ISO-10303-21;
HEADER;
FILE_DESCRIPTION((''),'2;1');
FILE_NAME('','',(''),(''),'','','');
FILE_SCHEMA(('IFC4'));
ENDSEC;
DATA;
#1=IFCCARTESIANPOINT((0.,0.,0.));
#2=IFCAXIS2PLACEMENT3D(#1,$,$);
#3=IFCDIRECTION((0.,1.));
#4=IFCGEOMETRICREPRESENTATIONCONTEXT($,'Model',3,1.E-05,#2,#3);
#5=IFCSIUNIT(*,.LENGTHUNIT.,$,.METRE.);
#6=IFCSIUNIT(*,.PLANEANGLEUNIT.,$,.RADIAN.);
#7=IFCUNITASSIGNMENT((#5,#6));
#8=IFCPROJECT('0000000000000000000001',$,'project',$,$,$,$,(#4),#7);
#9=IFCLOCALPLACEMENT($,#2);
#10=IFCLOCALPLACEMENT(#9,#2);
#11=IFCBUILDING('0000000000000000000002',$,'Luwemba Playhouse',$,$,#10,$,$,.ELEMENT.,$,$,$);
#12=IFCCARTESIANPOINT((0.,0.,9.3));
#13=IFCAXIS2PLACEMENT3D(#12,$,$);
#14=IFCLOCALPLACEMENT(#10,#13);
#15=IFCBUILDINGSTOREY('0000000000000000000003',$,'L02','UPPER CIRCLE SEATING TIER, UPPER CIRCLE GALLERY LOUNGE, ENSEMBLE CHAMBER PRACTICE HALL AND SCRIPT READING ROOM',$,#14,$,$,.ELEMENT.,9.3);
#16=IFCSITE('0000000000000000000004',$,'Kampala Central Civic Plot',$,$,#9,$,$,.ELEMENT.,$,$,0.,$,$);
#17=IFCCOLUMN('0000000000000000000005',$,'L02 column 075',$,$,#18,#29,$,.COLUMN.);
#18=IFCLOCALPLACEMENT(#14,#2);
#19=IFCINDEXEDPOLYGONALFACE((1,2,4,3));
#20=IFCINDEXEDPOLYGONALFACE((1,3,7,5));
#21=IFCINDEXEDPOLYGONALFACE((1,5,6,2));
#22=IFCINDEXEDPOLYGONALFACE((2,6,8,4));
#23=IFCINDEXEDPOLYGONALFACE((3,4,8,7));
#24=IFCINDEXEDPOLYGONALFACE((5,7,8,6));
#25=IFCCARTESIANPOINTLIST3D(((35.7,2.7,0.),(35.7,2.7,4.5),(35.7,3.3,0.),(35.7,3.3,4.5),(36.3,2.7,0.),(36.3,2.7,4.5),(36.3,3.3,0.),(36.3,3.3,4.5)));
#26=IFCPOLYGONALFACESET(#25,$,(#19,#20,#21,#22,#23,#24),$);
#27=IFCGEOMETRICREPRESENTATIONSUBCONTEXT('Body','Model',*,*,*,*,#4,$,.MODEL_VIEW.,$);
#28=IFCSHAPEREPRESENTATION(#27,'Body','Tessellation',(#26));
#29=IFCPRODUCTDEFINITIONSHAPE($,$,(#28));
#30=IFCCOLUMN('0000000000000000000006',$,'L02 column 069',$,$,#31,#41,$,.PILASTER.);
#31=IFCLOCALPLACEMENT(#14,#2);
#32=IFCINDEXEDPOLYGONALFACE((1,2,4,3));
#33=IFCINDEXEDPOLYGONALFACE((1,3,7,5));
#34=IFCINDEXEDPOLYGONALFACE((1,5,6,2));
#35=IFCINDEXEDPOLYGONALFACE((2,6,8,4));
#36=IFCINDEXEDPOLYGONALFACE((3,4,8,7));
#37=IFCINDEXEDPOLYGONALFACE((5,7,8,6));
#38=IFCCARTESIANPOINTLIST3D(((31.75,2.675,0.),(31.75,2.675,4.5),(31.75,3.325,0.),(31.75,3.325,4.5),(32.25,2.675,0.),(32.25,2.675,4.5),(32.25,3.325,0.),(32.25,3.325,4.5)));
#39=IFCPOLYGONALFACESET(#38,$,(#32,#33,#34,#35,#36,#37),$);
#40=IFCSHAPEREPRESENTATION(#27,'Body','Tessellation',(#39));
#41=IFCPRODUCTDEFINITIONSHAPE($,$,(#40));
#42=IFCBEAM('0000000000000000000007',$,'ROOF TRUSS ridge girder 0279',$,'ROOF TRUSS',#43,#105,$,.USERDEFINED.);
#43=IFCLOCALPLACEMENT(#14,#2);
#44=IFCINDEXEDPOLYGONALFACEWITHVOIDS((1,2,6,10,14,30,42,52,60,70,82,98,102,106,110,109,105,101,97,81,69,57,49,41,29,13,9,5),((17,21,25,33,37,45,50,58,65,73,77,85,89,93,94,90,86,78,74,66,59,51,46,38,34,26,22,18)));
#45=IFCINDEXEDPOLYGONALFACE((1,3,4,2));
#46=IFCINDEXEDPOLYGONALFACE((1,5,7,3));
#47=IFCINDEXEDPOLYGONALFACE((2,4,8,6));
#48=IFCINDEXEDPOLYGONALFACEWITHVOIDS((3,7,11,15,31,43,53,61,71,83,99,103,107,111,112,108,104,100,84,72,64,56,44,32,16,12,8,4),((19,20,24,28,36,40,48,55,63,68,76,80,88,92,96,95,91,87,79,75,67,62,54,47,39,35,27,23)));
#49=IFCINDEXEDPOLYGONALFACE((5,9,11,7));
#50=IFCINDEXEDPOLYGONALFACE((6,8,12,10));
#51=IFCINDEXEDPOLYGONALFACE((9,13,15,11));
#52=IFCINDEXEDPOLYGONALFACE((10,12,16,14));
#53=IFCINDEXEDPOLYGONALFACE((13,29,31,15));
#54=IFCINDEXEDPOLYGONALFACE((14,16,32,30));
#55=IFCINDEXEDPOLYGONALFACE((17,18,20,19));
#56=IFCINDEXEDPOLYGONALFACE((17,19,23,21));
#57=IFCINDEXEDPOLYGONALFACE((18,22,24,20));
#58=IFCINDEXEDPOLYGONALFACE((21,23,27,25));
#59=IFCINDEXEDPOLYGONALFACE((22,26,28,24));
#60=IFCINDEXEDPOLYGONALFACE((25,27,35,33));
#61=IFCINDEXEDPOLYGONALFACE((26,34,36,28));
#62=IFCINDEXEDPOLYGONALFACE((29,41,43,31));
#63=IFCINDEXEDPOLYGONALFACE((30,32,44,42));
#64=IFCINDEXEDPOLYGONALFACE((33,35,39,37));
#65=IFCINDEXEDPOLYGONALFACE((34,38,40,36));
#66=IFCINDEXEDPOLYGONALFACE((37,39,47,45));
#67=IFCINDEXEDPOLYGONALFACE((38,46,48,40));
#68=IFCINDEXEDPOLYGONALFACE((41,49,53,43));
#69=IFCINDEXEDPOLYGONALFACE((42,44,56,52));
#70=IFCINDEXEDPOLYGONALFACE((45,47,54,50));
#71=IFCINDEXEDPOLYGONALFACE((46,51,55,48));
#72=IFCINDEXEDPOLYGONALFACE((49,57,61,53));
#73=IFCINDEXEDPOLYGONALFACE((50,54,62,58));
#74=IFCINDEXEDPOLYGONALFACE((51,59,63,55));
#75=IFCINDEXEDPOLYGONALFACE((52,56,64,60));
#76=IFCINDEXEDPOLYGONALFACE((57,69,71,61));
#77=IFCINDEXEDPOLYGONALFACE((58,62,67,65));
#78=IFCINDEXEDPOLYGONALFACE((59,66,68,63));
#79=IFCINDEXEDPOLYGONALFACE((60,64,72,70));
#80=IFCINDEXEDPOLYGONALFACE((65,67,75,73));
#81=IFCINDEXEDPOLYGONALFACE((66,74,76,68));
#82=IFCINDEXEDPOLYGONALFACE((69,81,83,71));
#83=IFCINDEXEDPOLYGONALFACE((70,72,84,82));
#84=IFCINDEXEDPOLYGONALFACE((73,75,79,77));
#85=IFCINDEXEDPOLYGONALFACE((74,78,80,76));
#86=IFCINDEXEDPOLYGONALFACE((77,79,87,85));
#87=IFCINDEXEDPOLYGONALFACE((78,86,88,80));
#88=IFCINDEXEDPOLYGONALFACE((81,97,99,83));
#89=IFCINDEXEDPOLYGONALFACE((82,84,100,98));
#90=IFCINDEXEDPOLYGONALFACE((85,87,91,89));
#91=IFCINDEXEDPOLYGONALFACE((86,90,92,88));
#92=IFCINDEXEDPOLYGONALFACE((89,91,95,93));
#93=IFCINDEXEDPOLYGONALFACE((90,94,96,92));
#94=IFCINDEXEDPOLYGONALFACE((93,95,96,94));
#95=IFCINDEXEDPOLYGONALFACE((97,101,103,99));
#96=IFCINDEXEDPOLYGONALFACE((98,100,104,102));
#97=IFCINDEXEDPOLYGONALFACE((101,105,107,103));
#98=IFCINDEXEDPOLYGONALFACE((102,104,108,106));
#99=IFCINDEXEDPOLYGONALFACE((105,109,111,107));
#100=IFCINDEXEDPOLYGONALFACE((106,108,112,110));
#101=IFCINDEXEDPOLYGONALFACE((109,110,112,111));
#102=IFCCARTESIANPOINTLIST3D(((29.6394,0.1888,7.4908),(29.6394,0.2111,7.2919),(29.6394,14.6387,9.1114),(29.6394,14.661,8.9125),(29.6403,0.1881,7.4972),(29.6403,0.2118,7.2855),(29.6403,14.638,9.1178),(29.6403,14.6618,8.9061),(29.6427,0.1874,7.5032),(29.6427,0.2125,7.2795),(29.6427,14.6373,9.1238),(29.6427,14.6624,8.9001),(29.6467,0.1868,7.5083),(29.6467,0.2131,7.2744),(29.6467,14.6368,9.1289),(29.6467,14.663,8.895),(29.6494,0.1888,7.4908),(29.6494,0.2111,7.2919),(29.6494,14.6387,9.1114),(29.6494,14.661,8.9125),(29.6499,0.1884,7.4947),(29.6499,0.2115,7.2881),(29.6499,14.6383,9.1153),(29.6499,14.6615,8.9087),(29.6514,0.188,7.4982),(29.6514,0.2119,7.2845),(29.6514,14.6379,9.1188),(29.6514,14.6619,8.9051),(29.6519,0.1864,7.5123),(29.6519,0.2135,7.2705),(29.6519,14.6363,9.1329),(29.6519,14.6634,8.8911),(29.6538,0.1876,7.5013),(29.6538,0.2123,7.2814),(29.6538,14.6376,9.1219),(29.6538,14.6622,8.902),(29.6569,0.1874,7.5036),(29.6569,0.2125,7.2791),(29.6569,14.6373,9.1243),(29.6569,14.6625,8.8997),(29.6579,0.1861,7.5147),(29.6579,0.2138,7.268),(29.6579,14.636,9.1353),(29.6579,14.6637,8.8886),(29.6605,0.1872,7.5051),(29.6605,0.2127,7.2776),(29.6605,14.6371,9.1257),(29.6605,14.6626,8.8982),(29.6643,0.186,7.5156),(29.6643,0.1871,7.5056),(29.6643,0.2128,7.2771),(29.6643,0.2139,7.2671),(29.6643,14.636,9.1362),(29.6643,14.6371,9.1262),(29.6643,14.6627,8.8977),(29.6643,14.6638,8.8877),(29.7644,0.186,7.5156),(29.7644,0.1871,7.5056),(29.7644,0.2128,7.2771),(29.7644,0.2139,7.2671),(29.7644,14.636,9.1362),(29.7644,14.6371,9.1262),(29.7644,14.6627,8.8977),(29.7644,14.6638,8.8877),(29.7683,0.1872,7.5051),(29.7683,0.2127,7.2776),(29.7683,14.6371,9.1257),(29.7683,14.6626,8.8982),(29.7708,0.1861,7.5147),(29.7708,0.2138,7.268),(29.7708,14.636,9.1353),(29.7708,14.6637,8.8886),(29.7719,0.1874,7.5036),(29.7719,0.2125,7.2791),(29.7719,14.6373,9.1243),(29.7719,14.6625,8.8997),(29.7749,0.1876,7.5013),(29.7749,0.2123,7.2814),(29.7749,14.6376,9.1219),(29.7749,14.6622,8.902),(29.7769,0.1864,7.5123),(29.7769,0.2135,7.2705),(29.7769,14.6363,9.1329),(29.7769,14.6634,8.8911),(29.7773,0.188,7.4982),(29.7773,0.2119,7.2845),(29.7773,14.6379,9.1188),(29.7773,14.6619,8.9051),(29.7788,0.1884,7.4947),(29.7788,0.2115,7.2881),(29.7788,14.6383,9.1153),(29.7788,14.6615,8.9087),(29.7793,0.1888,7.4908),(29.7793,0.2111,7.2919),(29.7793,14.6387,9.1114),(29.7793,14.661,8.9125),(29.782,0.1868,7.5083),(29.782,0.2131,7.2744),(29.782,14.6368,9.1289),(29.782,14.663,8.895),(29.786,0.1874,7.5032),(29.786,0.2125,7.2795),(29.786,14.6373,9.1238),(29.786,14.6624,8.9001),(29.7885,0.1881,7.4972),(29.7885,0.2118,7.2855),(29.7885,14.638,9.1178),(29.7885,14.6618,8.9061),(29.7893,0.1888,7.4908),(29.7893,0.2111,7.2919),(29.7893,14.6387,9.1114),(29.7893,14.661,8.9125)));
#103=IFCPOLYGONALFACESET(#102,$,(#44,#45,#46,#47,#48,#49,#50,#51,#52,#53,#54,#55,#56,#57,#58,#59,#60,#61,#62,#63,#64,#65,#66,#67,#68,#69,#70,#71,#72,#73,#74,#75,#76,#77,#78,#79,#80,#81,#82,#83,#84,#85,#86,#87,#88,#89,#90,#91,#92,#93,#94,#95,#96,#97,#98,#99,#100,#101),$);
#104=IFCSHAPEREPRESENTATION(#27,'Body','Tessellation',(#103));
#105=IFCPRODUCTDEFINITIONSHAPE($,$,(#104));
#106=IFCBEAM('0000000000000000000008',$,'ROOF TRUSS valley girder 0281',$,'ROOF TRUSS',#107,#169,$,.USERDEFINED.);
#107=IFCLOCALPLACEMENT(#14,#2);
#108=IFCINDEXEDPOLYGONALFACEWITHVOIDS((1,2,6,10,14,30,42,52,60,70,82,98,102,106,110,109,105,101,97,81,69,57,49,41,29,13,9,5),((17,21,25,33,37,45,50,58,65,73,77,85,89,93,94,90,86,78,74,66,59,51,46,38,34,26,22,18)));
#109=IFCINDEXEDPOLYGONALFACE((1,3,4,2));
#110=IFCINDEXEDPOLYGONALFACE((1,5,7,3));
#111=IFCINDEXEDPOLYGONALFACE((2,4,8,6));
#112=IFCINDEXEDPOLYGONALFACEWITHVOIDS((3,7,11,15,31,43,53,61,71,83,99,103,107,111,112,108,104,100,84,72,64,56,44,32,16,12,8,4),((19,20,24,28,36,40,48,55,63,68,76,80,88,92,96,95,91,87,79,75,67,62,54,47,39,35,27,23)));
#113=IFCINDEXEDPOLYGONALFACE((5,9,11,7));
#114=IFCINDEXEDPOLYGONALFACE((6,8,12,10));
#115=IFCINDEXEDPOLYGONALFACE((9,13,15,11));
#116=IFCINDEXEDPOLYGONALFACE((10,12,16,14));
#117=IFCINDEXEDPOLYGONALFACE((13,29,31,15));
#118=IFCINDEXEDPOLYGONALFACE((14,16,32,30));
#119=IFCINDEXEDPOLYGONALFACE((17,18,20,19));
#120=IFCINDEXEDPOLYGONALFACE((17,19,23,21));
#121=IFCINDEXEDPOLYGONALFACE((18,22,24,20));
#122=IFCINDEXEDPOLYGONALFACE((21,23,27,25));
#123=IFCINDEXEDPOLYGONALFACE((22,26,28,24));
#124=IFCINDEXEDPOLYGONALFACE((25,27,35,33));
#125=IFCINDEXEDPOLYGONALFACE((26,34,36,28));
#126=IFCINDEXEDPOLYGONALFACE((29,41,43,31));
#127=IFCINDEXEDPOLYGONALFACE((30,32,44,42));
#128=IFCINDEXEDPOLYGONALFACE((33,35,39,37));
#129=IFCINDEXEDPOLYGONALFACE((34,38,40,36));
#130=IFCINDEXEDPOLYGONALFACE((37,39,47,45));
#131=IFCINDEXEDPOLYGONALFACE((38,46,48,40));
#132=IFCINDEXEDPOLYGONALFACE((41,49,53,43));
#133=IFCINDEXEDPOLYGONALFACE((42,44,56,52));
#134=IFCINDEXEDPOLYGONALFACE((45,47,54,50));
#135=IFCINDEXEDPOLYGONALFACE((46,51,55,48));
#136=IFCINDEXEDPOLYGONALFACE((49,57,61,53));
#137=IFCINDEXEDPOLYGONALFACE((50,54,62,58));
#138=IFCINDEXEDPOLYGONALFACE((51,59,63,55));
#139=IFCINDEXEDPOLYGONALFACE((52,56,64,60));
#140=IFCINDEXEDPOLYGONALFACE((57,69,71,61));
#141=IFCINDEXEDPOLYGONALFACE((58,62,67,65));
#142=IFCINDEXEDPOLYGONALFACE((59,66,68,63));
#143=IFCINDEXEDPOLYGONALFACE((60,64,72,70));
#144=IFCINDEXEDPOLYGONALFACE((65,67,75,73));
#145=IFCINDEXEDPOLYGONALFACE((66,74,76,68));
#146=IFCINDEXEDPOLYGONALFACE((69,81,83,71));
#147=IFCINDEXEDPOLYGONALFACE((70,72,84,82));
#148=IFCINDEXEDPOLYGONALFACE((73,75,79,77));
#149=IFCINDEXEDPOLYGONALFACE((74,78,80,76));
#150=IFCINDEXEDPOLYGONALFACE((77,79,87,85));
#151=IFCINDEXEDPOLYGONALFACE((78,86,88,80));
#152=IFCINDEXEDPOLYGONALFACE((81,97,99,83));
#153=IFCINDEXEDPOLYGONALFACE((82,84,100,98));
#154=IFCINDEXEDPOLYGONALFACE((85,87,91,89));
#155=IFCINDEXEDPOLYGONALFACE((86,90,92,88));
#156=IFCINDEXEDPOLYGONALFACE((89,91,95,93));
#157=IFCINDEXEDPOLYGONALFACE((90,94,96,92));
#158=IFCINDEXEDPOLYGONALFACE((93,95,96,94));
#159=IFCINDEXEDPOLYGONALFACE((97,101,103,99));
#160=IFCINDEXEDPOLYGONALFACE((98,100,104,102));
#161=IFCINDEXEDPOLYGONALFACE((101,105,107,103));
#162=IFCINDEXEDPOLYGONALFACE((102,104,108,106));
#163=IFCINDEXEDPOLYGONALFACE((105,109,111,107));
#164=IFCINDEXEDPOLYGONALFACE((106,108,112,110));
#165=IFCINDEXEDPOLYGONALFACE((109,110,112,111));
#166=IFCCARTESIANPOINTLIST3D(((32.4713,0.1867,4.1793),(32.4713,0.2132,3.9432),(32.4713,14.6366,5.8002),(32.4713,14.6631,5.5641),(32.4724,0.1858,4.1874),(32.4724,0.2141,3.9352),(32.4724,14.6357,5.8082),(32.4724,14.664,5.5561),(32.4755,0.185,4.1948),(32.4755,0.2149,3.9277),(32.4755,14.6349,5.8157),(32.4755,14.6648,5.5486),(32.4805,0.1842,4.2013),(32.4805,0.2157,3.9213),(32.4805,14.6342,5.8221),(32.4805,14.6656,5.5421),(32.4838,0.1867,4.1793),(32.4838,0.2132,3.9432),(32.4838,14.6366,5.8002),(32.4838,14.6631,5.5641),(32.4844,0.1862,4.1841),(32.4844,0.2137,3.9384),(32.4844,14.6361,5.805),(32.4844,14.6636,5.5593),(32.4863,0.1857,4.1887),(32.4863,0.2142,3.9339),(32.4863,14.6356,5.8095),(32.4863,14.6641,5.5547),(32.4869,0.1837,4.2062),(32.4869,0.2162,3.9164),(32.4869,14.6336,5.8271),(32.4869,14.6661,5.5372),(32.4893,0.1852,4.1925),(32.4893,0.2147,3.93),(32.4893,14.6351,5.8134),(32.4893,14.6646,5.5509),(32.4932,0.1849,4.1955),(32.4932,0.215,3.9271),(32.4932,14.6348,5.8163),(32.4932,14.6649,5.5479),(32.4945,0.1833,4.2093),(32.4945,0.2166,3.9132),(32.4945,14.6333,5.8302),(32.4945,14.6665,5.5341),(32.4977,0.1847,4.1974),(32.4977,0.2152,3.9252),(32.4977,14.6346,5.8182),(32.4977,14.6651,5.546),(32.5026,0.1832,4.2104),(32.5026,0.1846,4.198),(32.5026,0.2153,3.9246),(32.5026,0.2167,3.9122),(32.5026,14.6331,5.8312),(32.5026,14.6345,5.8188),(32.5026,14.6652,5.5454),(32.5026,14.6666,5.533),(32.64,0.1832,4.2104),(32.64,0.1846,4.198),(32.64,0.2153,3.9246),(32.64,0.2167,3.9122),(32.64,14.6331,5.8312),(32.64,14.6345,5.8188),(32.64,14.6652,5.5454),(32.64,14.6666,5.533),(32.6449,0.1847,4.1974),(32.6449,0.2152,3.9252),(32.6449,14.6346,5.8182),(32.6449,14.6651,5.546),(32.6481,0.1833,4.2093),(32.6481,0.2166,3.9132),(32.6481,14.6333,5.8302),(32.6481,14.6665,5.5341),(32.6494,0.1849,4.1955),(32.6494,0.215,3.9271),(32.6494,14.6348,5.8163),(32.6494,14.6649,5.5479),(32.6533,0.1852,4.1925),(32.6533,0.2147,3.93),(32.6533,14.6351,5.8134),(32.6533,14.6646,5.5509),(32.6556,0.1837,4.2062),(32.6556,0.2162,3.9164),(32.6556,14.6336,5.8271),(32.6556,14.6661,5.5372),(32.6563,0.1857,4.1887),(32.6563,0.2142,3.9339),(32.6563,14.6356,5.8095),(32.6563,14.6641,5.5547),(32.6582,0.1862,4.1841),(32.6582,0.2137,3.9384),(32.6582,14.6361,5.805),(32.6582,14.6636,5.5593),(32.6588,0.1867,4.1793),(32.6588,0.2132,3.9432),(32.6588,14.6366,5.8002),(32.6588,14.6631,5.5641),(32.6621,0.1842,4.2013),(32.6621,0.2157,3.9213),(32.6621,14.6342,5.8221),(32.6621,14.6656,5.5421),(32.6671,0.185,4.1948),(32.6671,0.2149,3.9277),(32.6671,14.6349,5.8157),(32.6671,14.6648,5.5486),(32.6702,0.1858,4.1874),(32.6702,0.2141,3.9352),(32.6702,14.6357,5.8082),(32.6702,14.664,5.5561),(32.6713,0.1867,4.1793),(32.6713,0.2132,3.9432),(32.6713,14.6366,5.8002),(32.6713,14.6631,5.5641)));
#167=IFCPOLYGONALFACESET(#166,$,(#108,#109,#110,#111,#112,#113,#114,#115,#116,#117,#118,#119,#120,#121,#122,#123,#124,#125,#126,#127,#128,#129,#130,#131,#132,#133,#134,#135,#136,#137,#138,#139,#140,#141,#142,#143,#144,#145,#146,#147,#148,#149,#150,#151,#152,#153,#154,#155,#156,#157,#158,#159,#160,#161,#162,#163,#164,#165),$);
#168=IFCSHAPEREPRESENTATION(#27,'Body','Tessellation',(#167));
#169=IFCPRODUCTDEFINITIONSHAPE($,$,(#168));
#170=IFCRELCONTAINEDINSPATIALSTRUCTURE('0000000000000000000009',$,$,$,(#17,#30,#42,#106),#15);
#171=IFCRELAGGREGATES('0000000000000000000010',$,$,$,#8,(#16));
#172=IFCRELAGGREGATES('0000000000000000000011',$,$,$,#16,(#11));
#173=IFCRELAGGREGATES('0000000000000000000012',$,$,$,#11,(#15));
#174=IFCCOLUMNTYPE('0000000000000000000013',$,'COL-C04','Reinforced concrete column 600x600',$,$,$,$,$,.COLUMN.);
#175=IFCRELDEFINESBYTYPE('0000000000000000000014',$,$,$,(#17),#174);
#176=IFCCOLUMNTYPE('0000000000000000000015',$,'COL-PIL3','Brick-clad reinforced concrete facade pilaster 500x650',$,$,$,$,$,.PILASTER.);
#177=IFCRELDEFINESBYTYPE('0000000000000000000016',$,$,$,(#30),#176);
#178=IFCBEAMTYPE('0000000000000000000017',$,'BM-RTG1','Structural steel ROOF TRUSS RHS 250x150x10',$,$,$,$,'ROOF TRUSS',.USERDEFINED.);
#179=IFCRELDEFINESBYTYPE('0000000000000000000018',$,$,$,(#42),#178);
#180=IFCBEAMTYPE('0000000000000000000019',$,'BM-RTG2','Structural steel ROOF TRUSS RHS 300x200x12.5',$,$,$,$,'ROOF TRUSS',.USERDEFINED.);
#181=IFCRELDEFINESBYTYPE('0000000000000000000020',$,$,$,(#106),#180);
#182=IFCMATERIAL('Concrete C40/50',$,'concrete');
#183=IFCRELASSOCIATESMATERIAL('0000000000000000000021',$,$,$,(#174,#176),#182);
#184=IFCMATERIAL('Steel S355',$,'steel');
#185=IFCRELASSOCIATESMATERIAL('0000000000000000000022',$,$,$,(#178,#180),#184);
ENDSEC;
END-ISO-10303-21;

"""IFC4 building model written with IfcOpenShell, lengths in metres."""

from ifc_helpers import new_model, si_unit, direction, frame, origin, origin_2d, place, context, subcontext, project, spatial, rectangle, hollow_rectangle, extrude, material, material_profile, profile_set, type_object, element, save


model = new_model("IFC4")

# Units and contexts
model_context = context("Model", 3, precision=1e-05, world=origin(), true_north=direction((0.0, 1.0)))
body_context = subcontext(model_context, "Body", "Model", "MODEL_VIEW")
ifc_project = project(units=[si_unit("LENGTHUNIT", "METRE"), si_unit("PLANEANGLEUNIT", "RADIAN")], contexts=[model_context])

# Site, building, storey
site_placement = place(None, origin())
site = spatial("IfcSite", under=ifc_project, at=site_placement, Name="Kampala Central Civic Plot", CompositionType="ELEMENT", RefElevation=0.0)
building_placement = place(site_placement, origin())
building = spatial("IfcBuilding", under=site, at=building_placement, Name="Luwemba Playhouse", CompositionType="ELEMENT")
storey_placement = place(building_placement, frame((0.0, 0.0, 9.3)))
storey = spatial("IfcBuildingStorey", under=building, at=storey_placement, Name="L02", Description="UPPER CIRCLE SEATING TIER, UPPER CIRCLE GALLERY LOUNGE, ENSEMBLE CHAMBER PRACTICE HALL AND SCRIPT READING ROOM", CompositionType="ELEMENT", Elevation=9.3)

# Columns
ifc_material_1 = material(Name="Concrete C40/50", Category="concrete")
ifc_material_profile_1 = material_profile(ifc_material_1, rectangle(XDim=0.6001, YDim=0.6001, at=origin_2d()))
ifc_profile_set_1 = profile_set([ifc_material_profile_1], Name="Concrete C40/50")
column_type_1 = type_object("IfcColumnType", Name="COL-C04", Description="Reinforced concrete column 600x600", PredefinedType="COLUMN", material=ifc_profile_set_1)
column_1_placement = place(storey_placement, frame((36.0, 3.0, 0.0), z_axis=(0.0, 0.0, 1.0), x_axis=(1.0, 0.0, 0.0)))
element("IfcColumn", 1, at=column_1_placement, inside=storey, type_object=column_type_1, Name="L02 column 075", PredefinedType="COLUMN", context=body_context, shape_type="SweptSolid", body=[
    extrude(rectangle(XDim=0.6001, YDim=0.6001, at=origin_2d()), origin(), (0.0, 0.0, 1.0), 4.5),
])
ifc_material_profile_2 = material_profile(ifc_material_1, rectangle(XDim=0.5, YDim=0.6499, at=origin_2d()))
ifc_profile_set_2 = profile_set([ifc_material_profile_2], Name="Concrete C40/50")
column_type_2 = type_object("IfcColumnType", Name="COL-PIL3", Description="Brick-clad reinforced concrete facade pilaster 500x650", PredefinedType="PILASTER", material=ifc_profile_set_2)
column_2_placement = place(storey_placement, frame((32.0, 3.0, 0.0), z_axis=(0.0, 0.0, 1.0), x_axis=(1.0, 0.0, 0.0)))
element("IfcColumn", 2, at=column_2_placement, inside=storey, type_object=column_type_2, Name="L02 column 069", PredefinedType="PILASTER", context=body_context, shape_type="SweptSolid", body=[
    extrude(rectangle(XDim=0.5, YDim=0.6499, at=origin_2d()), origin(), (0.0, 0.0, 1.0), 4.5),
])

# Beams
ifc_material_2 = material(Name="Steel S355", Category="steel")
ifc_material_profile_3 = material_profile(ifc_material_2, hollow_rectangle(XDim=0.1499, YDim=0.25, WallThickness=0.01, InnerFilletRadius=0.0149, OuterFilletRadius=0.0249, at=origin_2d()))
ifc_profile_set_3 = profile_set([ifc_material_profile_3], Name="Steel S355")
beam_type_1 = type_object("IfcBeamType", Name="BM-RTG1", Description="Structural steel ROOF TRUSS RHS 250x150x10", ElementType="ROOF TRUSS", PredefinedType="USERDEFINED", material=ifc_profile_set_3)
beam_1_placement = place(storey_placement, frame((29.7144, 0.2, 7.3914), z_axis=(0.0, 0.99377, 0.111454), x_axis=(-1.0, 0.0, 0.0)))
element("IfcBeam", 3, at=beam_1_placement, inside=storey, type_object=beam_type_1, Name="ROOF TRUSS ridge girder 0279", ObjectType="ROOF TRUSS", PredefinedType="USERDEFINED", context=body_context, shape_type="SweptSolid", body=[
    extrude(hollow_rectangle(XDim=0.1499, YDim=0.25, WallThickness=0.01, InnerFilletRadius=0.0149, OuterFilletRadius=0.0249, at=origin_2d()), origin(), (0.0, 0.0, 1.0), 14.5405),
])
ifc_material_profile_4 = material_profile(ifc_material_2, hollow_rectangle(XDim=0.2, YDim=0.3, WallThickness=0.0125, InnerFilletRadius=0.0188, OuterFilletRadius=0.0312, at=origin_2d()))
ifc_profile_set_4 = profile_set([ifc_material_profile_4], Name="Steel S355")
beam_type_2 = type_object("IfcBeamType", Name="BM-RTG2", Description="Structural steel ROOF TRUSS RHS 300x200x12.5", ElementType="ROOF TRUSS", PredefinedType="USERDEFINED", material=ifc_profile_set_4)
beam_2_placement = place(storey_placement, frame((32.5713, 0.2, 4.0613), z_axis=(0.0, 0.993768, 0.111471), x_axis=(-1.0, 0.0, 0.0)))
element("IfcBeam", 4, at=beam_2_placement, inside=storey, type_object=beam_type_2, Name="ROOF TRUSS valley girder 0281", ObjectType="ROOF TRUSS", PredefinedType="USERDEFINED", context=body_context, shape_type="SweptSolid", body=[
    extrude(hollow_rectangle(XDim=0.2, YDim=0.3, WallThickness=0.0125, InnerFilletRadius=0.0188, OuterFilletRadius=0.0312, at=origin_2d()), origin(), (0.0, 0.0, 1.0), 14.5405),
])

save(model, "model.ifc")
